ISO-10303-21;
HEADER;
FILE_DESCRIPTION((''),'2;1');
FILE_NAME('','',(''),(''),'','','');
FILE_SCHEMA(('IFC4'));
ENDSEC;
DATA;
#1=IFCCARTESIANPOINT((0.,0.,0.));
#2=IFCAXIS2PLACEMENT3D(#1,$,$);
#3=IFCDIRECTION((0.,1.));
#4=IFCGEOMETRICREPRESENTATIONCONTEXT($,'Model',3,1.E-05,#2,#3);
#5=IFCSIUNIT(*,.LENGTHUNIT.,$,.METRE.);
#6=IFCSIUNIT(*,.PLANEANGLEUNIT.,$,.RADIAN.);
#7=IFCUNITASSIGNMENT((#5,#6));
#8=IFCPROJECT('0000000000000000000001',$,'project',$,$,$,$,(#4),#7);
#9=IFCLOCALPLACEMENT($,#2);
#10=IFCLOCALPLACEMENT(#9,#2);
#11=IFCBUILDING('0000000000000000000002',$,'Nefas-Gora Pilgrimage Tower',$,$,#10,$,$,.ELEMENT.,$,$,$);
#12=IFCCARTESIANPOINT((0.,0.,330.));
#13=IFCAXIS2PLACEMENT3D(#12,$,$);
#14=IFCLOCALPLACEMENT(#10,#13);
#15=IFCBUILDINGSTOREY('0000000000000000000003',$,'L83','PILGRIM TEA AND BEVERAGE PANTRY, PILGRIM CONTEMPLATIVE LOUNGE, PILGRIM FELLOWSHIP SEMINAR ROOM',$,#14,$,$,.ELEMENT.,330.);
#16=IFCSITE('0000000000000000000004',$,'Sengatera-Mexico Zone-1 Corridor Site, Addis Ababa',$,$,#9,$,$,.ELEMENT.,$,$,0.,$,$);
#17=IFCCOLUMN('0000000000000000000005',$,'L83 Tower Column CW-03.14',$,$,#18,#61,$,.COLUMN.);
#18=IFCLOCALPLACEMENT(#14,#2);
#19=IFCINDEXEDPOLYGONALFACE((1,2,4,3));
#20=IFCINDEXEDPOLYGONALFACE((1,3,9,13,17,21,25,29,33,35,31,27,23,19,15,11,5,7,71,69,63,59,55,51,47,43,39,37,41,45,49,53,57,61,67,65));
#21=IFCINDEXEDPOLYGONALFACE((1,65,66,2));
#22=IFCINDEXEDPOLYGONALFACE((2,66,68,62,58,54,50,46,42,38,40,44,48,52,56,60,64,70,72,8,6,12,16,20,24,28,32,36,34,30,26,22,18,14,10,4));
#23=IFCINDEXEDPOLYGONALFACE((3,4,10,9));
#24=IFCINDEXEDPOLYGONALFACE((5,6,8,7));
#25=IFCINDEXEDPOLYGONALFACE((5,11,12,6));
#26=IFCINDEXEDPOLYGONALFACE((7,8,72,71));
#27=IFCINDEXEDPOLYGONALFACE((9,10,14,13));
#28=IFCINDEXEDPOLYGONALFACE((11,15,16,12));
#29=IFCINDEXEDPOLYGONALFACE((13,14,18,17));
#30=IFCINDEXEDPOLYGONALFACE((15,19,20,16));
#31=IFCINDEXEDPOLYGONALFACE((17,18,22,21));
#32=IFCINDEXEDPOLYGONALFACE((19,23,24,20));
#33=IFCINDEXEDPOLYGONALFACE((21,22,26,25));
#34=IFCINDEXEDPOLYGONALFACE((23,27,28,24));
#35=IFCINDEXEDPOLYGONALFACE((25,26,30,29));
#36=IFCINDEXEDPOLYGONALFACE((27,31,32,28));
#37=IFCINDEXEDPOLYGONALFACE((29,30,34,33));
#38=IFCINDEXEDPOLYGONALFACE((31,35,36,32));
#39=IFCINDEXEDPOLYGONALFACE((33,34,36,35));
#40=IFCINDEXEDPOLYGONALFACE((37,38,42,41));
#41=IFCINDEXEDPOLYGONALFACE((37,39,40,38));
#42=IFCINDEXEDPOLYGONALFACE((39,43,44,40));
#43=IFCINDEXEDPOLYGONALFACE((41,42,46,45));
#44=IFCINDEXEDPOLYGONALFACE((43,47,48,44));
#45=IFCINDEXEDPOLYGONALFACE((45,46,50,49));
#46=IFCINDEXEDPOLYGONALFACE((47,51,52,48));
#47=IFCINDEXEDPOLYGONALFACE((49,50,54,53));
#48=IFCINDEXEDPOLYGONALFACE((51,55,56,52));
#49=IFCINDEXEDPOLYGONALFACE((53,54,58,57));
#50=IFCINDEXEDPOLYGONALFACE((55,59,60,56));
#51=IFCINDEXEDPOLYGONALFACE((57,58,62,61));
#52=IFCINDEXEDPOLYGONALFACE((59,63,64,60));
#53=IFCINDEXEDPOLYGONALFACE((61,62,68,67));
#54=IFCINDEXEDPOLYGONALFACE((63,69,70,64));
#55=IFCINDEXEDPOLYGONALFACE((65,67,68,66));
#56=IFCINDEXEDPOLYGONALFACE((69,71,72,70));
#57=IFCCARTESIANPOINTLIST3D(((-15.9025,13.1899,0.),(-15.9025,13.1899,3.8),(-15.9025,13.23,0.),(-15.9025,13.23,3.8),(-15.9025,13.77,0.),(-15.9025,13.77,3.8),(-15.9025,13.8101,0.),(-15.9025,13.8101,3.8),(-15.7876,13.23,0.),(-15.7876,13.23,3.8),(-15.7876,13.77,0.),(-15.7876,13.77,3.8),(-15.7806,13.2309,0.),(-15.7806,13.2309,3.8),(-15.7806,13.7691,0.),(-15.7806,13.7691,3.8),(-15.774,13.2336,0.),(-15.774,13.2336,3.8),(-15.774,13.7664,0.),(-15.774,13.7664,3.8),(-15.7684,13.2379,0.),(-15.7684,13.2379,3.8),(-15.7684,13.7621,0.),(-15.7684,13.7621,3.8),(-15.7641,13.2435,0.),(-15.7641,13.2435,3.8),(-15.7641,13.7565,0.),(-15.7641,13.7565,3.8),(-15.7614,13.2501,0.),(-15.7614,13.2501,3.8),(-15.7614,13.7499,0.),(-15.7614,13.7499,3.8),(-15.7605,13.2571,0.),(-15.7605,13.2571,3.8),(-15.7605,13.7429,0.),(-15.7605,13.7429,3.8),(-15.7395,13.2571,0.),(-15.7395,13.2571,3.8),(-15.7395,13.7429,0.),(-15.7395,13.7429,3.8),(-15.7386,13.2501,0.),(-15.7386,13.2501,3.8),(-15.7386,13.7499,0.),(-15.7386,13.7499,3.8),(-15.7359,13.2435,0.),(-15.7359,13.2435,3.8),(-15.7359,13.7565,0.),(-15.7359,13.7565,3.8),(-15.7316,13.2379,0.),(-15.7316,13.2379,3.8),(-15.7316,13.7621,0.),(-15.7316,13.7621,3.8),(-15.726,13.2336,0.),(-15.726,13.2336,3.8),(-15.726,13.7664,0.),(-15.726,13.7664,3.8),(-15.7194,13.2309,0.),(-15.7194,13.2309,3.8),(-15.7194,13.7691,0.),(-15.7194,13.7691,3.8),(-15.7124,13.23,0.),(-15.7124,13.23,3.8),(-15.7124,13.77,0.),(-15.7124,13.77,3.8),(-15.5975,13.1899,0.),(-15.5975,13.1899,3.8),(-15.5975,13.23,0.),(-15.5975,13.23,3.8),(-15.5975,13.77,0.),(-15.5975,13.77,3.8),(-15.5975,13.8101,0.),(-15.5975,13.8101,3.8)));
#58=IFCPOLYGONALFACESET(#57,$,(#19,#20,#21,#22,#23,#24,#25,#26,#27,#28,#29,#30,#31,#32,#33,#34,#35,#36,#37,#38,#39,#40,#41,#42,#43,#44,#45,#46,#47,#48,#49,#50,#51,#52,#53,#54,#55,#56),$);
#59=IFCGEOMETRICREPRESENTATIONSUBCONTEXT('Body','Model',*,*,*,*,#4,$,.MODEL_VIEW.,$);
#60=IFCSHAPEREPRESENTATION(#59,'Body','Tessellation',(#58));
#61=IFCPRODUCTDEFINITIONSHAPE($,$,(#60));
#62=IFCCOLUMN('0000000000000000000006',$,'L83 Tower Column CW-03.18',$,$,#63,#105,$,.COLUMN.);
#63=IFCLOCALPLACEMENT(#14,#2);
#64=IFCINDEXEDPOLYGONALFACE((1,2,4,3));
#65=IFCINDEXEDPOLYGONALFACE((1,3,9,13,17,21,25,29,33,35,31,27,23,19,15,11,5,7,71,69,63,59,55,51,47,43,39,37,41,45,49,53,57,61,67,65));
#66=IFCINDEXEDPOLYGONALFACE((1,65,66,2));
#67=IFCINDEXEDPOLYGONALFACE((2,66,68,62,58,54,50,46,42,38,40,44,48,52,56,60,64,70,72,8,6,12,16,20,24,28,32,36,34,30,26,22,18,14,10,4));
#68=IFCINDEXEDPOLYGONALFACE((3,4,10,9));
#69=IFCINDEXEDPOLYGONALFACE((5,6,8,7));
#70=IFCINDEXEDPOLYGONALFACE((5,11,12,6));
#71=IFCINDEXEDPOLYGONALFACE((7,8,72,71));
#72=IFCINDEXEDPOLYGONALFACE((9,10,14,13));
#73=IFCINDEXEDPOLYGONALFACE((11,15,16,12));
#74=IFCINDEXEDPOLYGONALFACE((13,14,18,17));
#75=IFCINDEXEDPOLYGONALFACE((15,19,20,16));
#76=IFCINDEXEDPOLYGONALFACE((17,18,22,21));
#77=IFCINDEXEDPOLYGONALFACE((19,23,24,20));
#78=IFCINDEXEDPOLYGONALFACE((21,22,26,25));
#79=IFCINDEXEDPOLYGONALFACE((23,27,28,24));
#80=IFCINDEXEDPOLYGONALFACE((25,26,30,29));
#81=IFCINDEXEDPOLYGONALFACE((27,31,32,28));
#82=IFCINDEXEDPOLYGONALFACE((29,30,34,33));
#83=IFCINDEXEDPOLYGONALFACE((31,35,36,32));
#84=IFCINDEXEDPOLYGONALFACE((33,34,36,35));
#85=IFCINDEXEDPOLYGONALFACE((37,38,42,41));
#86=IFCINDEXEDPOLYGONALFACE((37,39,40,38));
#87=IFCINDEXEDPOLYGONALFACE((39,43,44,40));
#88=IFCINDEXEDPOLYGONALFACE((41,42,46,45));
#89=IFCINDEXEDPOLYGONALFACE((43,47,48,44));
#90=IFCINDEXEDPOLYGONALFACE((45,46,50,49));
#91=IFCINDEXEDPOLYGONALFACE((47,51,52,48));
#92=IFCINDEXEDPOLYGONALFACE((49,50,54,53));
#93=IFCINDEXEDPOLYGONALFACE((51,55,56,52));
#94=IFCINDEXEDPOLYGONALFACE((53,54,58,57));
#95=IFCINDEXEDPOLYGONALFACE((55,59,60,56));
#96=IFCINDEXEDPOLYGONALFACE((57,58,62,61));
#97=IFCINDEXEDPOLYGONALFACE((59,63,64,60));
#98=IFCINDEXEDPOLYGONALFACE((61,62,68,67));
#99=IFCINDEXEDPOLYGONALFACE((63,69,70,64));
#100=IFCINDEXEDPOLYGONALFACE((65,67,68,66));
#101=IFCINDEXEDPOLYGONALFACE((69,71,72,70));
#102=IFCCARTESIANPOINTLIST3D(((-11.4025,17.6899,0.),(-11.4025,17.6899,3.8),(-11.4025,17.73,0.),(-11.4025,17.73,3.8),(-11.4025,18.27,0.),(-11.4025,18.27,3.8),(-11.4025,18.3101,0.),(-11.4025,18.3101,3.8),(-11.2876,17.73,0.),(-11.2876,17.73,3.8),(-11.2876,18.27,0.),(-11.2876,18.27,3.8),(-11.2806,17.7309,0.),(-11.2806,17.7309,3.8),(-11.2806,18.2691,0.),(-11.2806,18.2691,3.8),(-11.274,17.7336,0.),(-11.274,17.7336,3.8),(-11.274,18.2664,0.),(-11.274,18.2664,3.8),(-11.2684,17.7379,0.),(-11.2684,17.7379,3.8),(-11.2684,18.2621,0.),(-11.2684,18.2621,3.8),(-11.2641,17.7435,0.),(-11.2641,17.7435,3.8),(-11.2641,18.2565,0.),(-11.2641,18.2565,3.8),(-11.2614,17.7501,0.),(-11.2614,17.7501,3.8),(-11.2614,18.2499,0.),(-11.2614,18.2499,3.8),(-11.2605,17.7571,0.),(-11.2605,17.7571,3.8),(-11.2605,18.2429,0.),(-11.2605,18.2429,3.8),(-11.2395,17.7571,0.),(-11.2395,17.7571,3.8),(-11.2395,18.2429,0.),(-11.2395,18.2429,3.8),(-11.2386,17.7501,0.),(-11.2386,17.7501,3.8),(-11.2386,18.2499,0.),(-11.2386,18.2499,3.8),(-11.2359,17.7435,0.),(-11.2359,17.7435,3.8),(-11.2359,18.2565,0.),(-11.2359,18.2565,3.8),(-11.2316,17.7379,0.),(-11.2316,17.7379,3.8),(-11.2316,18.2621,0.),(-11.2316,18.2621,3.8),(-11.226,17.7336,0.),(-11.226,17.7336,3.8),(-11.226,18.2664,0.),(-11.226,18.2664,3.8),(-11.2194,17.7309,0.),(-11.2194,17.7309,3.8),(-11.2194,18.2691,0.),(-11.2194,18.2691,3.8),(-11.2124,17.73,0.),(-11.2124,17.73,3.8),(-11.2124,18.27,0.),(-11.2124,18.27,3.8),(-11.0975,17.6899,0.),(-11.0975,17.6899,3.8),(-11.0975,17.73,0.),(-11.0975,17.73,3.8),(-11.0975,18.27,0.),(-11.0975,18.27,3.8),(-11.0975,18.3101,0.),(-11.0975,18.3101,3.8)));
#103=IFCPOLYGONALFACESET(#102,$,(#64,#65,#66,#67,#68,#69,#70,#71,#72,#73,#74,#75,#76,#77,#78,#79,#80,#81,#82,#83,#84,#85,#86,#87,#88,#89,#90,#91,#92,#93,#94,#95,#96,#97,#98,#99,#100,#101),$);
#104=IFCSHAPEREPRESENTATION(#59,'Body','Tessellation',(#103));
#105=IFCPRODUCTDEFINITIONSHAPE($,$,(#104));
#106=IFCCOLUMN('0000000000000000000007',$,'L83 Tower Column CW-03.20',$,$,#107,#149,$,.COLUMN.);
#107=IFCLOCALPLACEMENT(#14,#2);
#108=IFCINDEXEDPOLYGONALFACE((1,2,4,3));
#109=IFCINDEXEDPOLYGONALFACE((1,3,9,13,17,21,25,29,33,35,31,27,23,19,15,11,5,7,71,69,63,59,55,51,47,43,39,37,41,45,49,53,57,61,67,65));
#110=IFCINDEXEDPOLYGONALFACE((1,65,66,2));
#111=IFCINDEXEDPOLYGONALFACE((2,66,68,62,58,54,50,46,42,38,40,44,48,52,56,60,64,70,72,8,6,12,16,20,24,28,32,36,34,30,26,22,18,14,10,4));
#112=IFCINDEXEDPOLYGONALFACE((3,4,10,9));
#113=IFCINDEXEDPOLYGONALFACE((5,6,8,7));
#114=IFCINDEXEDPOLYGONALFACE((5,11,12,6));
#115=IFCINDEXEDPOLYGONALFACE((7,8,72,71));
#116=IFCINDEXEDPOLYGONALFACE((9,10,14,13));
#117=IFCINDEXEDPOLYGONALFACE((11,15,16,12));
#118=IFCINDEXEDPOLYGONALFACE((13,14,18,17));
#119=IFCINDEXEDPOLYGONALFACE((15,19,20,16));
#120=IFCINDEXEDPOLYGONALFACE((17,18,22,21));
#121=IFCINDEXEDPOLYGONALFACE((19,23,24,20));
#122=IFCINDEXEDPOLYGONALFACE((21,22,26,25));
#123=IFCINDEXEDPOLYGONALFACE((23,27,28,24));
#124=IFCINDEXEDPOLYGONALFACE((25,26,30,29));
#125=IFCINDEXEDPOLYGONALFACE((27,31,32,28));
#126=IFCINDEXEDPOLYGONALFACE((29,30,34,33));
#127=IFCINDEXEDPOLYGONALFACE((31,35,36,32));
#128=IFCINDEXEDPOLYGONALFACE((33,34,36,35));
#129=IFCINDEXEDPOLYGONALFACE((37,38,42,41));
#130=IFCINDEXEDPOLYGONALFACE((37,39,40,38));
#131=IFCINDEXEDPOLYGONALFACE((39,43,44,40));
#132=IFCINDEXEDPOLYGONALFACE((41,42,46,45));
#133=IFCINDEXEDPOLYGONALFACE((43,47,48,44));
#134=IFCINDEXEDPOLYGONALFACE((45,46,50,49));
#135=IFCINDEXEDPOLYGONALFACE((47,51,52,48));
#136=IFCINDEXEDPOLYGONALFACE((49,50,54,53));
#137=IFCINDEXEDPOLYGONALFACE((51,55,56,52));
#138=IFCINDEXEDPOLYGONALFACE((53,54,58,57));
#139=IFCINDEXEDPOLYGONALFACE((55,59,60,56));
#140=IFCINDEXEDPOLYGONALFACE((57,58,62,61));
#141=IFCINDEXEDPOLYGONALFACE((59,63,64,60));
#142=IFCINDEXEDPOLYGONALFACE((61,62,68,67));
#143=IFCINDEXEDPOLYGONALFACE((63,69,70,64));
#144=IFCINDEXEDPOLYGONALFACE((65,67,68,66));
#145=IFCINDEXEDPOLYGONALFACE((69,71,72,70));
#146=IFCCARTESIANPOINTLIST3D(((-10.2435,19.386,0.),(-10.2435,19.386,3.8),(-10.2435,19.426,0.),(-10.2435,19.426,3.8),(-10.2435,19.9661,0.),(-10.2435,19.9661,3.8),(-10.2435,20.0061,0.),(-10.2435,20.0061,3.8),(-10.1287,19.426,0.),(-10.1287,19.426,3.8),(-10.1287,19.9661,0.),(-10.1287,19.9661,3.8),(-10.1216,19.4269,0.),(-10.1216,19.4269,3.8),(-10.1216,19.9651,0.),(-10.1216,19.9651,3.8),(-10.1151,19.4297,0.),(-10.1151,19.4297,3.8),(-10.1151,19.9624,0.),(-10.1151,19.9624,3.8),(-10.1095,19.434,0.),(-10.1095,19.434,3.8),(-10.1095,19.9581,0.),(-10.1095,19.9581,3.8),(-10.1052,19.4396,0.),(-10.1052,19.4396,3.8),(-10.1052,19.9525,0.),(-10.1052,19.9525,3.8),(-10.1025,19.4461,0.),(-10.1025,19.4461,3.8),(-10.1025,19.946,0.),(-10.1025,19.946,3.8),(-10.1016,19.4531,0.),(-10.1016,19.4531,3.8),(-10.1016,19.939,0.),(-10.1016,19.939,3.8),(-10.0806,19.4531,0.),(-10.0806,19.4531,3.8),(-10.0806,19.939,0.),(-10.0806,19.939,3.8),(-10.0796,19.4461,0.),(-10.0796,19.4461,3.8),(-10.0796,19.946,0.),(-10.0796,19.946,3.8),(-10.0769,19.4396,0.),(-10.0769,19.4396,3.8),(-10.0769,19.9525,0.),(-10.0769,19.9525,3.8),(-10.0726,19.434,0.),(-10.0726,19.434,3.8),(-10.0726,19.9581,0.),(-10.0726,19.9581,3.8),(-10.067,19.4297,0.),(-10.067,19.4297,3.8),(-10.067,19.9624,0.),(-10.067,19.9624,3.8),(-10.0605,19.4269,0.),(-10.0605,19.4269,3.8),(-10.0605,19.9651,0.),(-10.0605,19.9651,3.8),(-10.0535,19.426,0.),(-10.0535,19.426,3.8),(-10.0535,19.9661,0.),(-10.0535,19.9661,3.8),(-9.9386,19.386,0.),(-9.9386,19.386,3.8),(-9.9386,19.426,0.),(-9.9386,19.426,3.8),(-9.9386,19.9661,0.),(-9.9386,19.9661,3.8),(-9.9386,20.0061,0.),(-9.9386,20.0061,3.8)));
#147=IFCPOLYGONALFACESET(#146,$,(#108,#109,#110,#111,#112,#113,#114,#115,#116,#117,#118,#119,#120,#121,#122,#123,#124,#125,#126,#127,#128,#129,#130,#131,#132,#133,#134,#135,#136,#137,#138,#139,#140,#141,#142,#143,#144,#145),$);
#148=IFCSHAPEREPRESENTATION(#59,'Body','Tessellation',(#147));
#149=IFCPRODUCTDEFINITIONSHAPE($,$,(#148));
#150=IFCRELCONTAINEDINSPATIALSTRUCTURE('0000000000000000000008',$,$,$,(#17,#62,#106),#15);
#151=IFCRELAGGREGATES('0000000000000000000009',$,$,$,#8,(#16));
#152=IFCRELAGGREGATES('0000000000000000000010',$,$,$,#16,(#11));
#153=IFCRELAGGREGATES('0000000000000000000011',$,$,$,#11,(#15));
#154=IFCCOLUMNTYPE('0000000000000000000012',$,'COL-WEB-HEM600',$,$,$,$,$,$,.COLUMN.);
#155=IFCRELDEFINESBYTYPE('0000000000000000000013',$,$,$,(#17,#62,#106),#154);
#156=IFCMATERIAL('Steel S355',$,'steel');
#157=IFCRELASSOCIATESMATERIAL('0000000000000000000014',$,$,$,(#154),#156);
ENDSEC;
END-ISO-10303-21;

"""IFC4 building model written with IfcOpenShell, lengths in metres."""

from ifc_helpers import new_model, si_unit, direction, frame, origin, origin_2d, place, context, subcontext, project, spatial, i_section, extrude, source, transform, mapped, material, material_profile, profile_set, type_object, element, save


model = new_model("IFC4")

# Units and contexts
model_context = context("Model", 3, precision=1e-05, world=origin(), true_north=direction((0.0, 1.0)))
body_context = subcontext(model_context, "Body", "Model", "MODEL_VIEW")
ifc_project = project(units=[si_unit("LENGTHUNIT", "METRE"), si_unit("PLANEANGLEUNIT", "RADIAN")], contexts=[model_context])

# Site, building, storey
site_placement = place(None, origin())
site = spatial("IfcSite", under=ifc_project, at=site_placement, Name="Sengatera-Mexico Zone-1 Corridor Site, Addis Ababa", CompositionType="ELEMENT", RefElevation=0.0)
building_placement = place(site_placement, origin())
building = spatial("IfcBuilding", under=site, at=building_placement, Name="Nefas-Gora Pilgrimage Tower", CompositionType="ELEMENT")
storey_placement = place(building_placement, frame((0.0, 0.0, 330.0)))
storey = spatial("IfcBuildingStorey", under=building, at=storey_placement, Name="L83", Description="PILGRIM TEA AND BEVERAGE PANTRY, PILGRIM CONTEMPLATIVE LOUNGE, PILGRIM FELLOWSHIP SEMINAR ROOM", CompositionType="ELEMENT", Elevation=330.0)

# Columns
ifc_material_1 = material(Name="Steel S355", Category="steel")
ifc_material_profile_1 = material_profile(ifc_material_1, i_section(OverallWidth=0.3049, OverallDepth=0.6201, WebThickness=0.021, FlangeThickness=0.04, FilletRadius=0.0271, at=origin_2d()), Name="HEM 600")
ifc_profile_set_1 = profile_set([ifc_material_profile_1], Name="Steel S355")
column_type_1 = type_object("IfcColumnType", Name="COL-WEB-HEM600", PredefinedType="COLUMN", material=ifc_profile_set_1)
shared_shape_1 = source(origin(), body_context, "Body", "SweptSolid", [
    extrude(i_section(OverallWidth=0.3049, OverallDepth=0.6201, WebThickness=0.021, FlangeThickness=0.04, FilletRadius=0.0271, at=origin_2d()), origin(), (0.0, 0.0, 1.0), 3.8),
])
for number, where, z_axis, x_axis, name in (
    (1, (-15.75, 13.5, 0.0), (0.0, 0.0, 1.0), (1.0, 0.0, 0.0), "L83 Tower Column CW-03.14"),
    (2, (-11.25, 18.0, 0.0), (0.0, 0.0, 1.0), (1.0, 0.0, 0.0), "L83 Tower Column CW-03.18"),
    (3, (-10.0911, 19.696, 0.0), (0.0, 0.0, 1.0), (1.0, 0.0, 0.0), "L83 Tower Column CW-03.20"),
):
    element("IfcColumn", number, at=place(storey_placement, frame(where, z_axis=z_axis, x_axis=x_axis)), inside=storey, type_object=column_type_1, Name=name, PredefinedType="COLUMN", context=body_context, shape_type="MappedRepresentation", body=[
        mapped(shared_shape_1, transform((0.0, 0.0, 0.0), x_axis=(1.0, 0.0, 0.0), y_axis=(0.0, 1.0, 0.0), z_axis=(0.0, 0.0, 1.0), scale=1.0)),
    ])

save(model, "model.ifc")
